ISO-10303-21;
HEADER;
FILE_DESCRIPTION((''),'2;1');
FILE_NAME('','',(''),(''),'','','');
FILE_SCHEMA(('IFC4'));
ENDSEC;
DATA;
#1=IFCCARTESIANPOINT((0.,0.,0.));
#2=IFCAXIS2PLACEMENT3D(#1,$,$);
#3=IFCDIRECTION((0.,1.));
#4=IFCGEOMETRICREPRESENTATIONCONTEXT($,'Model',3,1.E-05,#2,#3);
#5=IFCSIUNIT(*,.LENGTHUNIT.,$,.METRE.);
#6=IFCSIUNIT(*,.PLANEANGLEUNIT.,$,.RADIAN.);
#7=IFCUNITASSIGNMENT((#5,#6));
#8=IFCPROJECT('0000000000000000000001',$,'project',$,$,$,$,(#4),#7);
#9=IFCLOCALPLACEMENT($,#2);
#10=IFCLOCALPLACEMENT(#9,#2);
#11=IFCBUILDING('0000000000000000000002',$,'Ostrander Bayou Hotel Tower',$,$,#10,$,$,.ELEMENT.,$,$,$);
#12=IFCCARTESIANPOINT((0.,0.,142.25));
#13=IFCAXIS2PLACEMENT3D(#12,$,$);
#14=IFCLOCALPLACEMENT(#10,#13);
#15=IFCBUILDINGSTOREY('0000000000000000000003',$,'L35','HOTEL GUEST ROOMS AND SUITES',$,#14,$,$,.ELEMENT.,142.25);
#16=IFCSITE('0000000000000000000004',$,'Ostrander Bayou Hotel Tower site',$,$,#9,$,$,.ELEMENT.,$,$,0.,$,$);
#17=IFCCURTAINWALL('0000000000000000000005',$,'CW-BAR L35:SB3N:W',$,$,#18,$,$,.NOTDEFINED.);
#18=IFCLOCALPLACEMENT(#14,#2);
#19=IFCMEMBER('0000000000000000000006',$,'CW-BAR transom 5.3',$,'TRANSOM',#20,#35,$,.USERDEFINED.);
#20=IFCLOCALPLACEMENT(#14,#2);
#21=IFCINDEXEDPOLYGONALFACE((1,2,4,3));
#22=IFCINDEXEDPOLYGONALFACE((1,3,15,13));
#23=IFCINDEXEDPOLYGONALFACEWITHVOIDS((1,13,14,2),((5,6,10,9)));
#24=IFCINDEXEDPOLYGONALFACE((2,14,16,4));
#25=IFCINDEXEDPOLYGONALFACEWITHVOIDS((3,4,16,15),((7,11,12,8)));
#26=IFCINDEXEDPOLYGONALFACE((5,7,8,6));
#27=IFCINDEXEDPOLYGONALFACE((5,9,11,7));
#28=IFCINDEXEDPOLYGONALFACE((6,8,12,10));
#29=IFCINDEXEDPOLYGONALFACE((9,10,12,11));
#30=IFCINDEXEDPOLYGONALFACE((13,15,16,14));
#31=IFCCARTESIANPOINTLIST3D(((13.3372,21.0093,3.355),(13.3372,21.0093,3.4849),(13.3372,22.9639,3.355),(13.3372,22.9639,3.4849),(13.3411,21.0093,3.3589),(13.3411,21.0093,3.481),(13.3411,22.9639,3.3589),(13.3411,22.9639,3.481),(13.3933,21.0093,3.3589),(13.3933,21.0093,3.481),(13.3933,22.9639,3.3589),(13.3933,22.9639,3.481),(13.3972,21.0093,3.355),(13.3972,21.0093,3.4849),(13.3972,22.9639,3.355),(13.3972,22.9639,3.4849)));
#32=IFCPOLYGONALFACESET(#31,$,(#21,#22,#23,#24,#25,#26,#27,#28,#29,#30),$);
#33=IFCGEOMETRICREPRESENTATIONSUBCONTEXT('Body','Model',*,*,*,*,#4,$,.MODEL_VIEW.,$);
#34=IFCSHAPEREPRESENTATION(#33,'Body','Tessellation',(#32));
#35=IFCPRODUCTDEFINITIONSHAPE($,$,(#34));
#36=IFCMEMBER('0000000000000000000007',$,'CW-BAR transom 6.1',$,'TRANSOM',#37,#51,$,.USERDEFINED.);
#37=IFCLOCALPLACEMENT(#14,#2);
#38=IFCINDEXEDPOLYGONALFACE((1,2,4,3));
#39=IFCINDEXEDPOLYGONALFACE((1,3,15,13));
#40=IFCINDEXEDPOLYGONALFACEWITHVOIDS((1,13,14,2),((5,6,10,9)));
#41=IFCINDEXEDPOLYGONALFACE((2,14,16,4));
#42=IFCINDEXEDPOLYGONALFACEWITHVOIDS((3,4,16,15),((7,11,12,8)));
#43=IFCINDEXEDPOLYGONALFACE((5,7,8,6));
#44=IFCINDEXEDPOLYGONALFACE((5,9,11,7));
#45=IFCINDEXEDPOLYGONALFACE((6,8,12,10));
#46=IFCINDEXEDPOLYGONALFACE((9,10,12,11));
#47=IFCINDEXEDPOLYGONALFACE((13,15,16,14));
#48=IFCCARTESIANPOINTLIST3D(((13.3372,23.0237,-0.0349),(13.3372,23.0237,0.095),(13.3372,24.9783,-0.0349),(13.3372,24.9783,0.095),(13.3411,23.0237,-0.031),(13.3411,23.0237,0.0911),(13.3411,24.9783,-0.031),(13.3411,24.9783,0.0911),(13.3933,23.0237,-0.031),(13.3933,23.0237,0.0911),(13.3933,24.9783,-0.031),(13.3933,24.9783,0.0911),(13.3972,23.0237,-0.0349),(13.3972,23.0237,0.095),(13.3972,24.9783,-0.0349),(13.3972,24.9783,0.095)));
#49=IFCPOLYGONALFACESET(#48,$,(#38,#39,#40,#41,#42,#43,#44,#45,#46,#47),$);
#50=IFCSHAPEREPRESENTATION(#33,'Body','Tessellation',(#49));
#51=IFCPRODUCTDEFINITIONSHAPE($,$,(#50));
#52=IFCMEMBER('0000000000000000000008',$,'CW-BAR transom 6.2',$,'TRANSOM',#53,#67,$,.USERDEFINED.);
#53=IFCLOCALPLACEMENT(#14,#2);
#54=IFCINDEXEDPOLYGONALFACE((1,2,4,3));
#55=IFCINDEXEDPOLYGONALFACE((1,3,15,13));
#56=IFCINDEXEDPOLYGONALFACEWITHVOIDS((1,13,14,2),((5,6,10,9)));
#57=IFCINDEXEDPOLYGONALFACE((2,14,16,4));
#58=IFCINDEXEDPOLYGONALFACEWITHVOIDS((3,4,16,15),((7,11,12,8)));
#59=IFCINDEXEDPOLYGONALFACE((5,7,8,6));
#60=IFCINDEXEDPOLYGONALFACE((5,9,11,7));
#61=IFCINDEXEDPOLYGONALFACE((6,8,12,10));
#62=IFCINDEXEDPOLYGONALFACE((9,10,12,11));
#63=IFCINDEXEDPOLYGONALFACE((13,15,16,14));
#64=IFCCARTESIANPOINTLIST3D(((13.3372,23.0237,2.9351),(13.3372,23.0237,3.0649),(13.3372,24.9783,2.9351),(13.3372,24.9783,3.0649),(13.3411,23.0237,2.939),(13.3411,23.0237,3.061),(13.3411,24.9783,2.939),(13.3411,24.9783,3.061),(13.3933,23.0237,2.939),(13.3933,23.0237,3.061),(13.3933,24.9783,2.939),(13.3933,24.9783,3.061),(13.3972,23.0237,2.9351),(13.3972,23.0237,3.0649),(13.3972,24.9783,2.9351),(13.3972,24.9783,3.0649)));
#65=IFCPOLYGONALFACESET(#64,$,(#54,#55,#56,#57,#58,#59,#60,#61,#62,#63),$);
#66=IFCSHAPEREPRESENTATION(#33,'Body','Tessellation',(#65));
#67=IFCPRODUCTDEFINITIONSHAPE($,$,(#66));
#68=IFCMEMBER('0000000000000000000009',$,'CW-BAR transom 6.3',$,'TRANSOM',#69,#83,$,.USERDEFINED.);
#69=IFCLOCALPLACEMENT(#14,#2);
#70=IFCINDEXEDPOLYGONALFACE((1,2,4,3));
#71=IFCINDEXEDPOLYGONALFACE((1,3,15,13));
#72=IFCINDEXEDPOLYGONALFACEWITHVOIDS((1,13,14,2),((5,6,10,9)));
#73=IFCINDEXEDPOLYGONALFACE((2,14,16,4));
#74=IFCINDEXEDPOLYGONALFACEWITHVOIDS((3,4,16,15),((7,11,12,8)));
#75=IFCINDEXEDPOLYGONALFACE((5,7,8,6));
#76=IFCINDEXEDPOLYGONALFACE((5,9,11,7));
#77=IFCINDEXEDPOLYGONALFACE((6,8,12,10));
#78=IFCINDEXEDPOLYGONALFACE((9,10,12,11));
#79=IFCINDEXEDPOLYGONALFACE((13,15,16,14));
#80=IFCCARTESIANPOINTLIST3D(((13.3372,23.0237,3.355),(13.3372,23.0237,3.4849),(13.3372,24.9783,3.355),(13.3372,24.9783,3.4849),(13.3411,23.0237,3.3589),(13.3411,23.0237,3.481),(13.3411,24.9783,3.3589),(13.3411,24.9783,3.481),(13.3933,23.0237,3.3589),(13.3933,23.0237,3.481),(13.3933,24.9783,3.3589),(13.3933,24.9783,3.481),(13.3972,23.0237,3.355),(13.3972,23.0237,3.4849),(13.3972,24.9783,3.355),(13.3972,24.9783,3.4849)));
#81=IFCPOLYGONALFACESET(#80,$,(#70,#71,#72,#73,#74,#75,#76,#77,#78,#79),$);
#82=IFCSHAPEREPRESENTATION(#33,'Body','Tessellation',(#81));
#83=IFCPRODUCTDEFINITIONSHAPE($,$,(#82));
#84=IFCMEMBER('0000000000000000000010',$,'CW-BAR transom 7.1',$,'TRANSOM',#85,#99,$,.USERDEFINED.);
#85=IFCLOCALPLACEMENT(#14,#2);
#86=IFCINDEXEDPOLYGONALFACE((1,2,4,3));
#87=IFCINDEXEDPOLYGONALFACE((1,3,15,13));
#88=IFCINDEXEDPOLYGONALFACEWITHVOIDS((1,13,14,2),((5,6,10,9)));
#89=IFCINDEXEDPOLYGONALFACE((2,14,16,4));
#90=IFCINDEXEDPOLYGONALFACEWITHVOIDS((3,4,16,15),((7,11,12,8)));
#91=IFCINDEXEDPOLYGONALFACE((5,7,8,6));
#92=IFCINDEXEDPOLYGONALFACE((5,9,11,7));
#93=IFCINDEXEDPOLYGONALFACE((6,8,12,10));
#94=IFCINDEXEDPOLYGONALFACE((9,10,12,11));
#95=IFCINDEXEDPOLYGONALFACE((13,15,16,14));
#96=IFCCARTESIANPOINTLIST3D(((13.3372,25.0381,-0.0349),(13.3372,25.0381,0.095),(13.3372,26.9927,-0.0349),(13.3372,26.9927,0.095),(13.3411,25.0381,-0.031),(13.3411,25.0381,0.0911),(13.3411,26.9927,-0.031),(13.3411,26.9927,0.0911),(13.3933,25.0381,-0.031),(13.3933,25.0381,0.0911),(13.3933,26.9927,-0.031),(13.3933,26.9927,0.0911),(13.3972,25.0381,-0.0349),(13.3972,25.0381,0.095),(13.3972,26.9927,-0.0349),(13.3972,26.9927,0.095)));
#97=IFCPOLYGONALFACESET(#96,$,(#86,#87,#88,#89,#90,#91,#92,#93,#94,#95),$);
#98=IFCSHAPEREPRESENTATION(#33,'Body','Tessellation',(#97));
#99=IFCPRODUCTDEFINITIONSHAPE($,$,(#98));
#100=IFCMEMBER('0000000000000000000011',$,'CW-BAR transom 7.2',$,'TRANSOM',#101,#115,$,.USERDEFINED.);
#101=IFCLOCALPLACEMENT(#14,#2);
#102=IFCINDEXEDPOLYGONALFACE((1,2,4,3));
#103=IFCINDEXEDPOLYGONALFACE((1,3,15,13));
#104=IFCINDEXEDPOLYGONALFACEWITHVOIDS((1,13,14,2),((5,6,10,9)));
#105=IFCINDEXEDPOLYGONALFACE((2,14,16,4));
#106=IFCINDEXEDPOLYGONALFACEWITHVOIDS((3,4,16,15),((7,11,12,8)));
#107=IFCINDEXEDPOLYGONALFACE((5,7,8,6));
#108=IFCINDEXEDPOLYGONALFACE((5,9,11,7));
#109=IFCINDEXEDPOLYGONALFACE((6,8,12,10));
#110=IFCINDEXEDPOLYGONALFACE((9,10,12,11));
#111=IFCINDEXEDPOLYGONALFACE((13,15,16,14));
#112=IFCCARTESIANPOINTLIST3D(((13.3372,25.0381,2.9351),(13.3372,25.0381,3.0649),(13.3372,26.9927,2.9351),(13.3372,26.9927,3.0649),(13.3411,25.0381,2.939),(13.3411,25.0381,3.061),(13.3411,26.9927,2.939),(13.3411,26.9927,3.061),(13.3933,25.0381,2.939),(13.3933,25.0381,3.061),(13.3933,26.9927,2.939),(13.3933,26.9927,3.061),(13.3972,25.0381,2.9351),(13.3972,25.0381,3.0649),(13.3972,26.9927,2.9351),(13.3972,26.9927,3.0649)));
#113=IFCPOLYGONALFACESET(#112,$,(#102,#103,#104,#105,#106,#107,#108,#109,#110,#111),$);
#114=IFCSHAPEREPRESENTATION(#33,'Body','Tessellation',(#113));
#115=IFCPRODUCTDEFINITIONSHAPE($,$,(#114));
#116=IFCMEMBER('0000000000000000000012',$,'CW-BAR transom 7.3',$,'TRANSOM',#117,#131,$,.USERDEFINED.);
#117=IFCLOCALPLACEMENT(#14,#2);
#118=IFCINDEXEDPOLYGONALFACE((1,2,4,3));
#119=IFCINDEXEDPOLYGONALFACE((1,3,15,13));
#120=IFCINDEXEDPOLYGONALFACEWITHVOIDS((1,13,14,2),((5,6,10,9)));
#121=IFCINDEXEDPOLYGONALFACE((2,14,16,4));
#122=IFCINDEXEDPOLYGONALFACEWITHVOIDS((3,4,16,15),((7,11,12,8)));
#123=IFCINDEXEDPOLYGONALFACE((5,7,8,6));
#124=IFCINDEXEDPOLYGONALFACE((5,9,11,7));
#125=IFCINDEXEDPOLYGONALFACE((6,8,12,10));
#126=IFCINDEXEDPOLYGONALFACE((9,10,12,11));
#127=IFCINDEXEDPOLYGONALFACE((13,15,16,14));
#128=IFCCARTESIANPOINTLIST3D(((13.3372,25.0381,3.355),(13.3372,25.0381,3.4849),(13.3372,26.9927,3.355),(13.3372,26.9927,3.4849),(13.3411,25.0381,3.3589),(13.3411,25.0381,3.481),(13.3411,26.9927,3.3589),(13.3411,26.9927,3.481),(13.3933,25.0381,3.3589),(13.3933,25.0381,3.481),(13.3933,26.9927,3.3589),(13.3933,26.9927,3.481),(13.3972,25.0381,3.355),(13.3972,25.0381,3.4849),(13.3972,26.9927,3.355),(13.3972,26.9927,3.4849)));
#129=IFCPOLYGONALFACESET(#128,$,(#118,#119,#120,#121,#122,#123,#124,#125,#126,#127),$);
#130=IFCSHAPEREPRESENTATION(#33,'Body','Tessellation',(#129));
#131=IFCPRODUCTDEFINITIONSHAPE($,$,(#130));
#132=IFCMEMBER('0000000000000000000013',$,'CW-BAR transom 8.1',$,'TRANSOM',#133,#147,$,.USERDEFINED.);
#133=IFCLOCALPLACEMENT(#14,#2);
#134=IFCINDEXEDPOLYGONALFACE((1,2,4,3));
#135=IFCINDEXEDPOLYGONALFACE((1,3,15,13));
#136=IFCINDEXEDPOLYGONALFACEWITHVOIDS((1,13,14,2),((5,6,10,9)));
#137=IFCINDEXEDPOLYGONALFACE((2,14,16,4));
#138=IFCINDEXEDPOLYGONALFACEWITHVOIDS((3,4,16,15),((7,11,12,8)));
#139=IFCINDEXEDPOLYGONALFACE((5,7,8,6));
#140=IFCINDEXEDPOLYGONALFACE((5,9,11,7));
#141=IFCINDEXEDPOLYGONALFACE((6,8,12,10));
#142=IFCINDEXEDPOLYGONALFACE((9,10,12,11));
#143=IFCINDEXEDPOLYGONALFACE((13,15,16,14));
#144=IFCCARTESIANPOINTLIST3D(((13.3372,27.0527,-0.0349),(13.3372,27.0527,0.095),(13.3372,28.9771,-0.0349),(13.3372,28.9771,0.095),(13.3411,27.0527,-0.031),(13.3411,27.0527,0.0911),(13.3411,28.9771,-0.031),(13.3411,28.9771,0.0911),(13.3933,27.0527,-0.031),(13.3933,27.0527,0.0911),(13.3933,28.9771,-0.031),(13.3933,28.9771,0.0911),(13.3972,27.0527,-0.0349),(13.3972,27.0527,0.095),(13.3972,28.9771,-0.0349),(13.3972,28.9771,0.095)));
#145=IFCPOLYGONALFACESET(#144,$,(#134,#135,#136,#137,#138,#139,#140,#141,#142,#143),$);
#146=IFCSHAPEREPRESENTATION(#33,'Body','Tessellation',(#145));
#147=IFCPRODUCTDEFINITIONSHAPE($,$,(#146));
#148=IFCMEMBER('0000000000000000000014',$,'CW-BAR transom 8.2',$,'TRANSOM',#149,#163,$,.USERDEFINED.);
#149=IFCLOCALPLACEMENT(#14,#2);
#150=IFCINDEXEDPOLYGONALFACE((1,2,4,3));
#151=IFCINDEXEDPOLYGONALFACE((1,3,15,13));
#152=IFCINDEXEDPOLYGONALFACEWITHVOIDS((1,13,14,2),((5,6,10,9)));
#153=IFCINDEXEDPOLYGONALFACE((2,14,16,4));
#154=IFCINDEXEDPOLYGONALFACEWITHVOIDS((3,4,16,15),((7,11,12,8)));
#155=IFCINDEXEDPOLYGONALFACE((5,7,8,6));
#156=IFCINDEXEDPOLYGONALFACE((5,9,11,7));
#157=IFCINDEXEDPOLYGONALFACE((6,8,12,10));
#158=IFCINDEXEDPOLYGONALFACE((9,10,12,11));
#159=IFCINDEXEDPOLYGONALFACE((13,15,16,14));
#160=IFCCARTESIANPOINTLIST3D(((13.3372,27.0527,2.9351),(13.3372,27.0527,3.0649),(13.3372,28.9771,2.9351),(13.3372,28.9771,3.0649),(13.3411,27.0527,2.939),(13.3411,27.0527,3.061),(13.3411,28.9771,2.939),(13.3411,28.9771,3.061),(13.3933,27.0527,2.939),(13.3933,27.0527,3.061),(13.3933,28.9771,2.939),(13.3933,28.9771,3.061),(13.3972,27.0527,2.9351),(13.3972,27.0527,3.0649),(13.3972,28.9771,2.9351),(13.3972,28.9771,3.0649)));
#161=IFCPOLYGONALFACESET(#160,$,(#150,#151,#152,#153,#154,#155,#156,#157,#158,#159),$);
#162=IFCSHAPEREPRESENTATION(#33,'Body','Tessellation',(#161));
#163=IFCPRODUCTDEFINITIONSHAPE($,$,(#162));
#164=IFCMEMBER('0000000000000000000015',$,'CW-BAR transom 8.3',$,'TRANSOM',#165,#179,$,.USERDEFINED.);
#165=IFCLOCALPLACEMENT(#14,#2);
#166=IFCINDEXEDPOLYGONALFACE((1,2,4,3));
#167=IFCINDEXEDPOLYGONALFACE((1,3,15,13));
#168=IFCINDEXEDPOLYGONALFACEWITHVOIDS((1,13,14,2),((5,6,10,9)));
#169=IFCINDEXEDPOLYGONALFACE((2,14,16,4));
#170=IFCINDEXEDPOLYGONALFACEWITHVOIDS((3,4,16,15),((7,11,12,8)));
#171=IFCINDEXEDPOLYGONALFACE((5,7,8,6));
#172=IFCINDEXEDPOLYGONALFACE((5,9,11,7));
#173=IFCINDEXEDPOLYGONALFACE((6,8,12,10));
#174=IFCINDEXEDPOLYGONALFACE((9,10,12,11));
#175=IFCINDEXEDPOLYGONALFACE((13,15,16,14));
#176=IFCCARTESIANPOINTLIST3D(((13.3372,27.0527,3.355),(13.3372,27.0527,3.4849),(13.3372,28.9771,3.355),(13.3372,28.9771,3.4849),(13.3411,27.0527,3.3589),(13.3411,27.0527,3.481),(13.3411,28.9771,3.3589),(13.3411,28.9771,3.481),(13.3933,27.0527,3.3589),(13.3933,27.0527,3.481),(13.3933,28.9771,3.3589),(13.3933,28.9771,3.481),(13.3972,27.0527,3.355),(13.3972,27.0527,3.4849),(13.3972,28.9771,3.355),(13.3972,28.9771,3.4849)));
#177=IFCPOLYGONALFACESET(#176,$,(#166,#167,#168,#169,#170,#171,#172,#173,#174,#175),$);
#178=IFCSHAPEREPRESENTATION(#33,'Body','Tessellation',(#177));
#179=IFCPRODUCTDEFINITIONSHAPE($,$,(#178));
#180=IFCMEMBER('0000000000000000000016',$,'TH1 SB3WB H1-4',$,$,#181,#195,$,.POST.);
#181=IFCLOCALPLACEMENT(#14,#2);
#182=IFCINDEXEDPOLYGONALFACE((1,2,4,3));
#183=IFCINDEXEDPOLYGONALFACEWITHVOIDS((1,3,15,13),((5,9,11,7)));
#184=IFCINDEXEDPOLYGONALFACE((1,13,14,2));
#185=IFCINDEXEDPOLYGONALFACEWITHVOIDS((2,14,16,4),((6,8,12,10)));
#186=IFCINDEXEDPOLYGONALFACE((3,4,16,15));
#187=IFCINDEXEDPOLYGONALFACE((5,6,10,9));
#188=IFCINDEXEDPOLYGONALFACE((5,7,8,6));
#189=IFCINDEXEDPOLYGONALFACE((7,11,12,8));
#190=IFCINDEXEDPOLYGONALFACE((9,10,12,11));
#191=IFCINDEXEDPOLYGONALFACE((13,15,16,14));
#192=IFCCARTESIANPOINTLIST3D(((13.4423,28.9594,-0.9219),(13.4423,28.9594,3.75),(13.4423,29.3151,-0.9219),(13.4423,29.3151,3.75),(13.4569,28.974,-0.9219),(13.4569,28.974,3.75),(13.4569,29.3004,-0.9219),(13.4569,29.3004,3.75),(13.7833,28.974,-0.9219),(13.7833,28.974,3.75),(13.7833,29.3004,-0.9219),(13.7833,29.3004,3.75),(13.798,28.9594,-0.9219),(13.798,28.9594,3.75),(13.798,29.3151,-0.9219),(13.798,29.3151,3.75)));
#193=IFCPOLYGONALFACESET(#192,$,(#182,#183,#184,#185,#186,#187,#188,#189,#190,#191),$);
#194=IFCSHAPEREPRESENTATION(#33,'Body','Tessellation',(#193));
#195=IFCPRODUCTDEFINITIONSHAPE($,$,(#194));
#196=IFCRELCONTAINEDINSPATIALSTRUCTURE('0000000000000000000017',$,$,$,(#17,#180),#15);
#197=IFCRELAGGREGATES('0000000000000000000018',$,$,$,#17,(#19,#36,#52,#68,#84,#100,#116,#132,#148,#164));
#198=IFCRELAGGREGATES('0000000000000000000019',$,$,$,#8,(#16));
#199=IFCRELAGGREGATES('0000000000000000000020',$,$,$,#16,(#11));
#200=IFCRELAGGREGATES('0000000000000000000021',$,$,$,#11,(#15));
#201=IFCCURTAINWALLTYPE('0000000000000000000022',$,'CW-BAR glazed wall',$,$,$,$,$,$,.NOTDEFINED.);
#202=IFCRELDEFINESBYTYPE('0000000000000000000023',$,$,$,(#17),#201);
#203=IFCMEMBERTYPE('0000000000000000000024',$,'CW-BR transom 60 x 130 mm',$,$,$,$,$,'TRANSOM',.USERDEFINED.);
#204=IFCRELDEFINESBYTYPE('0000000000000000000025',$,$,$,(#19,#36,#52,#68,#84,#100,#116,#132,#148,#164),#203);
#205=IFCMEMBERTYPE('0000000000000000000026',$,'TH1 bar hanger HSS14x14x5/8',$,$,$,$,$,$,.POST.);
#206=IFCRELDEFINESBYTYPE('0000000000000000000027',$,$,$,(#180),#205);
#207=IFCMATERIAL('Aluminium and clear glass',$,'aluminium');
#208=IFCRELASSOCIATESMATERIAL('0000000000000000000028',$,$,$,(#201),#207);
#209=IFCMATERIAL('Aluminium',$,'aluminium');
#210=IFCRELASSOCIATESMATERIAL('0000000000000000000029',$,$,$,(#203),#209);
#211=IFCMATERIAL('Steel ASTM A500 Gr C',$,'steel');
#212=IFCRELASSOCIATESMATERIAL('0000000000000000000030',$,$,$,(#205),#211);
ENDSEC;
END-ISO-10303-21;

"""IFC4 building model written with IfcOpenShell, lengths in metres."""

from ifc_helpers import new_model, si_unit, direction, frame, origin, origin_2d, place, context, subcontext, project, spatial, hollow_rectangle, extrude, material, material_profile, profile_set, type_object, element, aggregate, save


model = new_model("IFC4")

# Units and contexts
model_context = context("Model", 3, precision=1e-05, world=origin(), true_north=direction((0.0, 1.0)))
body_context = subcontext(model_context, "Body", "Model", "MODEL_VIEW")
ifc_project = project(units=[si_unit("LENGTHUNIT", "METRE"), si_unit("PLANEANGLEUNIT", "RADIAN")], contexts=[model_context])

# Site, building, storey
site_placement = place(None, origin())
site = spatial("IfcSite", under=ifc_project, at=site_placement, Name="Ostrander Bayou Hotel Tower site", CompositionType="ELEMENT", RefElevation=0.0)
building_placement = place(site_placement, origin())
building = spatial("IfcBuilding", under=site, at=building_placement, Name="Ostrander Bayou Hotel Tower", CompositionType="ELEMENT")
storey_placement = place(building_placement, frame((0.0, 0.0, 142.25)))
storey = spatial("IfcBuildingStorey", under=building, at=storey_placement, Name="L35", Description="HOTEL GUEST ROOMS AND SUITES", CompositionType="ELEMENT", Elevation=142.25)

# Shared definitions
ifc_material_1 = material(Name="Aluminium and clear glass", Category="aluminium")
curtain_wall_type = type_object("IfcCurtainWallType", Name="CW-BAR glazed wall", PredefinedType="NOTDEFINED", material=ifc_material_1)

# Curtain wall
curtain_wall_1_placement = place(storey_placement, origin())
curtain_wall_1 = element("IfcCurtainWall", 1, at=curtain_wall_1_placement, inside=storey, type_object=curtain_wall_type, Name="CW-BAR L35:SB3N:W", PredefinedType="NOTDEFINED")

# Members
ifc_material_2 = material(Name="Aluminium", Category="aluminium")
ifc_material_profile_1 = material_profile(ifc_material_2, hollow_rectangle(XDim=0.0601, YDim=0.1299, WallThickness=0.0039, at=origin_2d()))
ifc_profile_set_1 = profile_set([ifc_material_profile_1], Name="Aluminium")
member_type_1 = type_object("IfcMemberType", Name="CW-BR transom 60 x 130 mm", ElementType="TRANSOM", PredefinedType="USERDEFINED", material=ifc_profile_set_1)
member_1_placement = place(storey_placement, frame((13.3672, 21.0093, 3.4199), z_axis=(0.0, 1.0, 0.0), x_axis=(-1.0, 0.0, 0.0)))
member_1 = element("IfcMember", 2, at=member_1_placement, type_object=member_type_1, Name="CW-BAR transom 5.3", ObjectType="TRANSOM", PredefinedType="USERDEFINED", context=body_context, shape_type="SweptSolid", body=[
    extrude(hollow_rectangle(XDim=0.0601, YDim=0.1299, WallThickness=0.0039, at=origin_2d()), origin(), (0.0, 0.0, 1.0), 1.9546),
])
member_2_placement = place(storey_placement, frame((13.3672, 23.0237, 0.03), z_axis=(0.0, 1.0, 0.0), x_axis=(-1.0, 0.0, 0.0)))
member_2 = element("IfcMember", 3, at=member_2_placement, type_object=member_type_1, Name="CW-BAR transom 6.1", ObjectType="TRANSOM", PredefinedType="USERDEFINED", context=body_context, shape_type="SweptSolid", body=[
    extrude(hollow_rectangle(XDim=0.0601, YDim=0.1299, WallThickness=0.0039, at=origin_2d()), origin(), (0.0, 0.0, 1.0), 1.9546),
])
member_3_placement = place(storey_placement, frame((13.3672, 23.0237, 3.0), z_axis=(0.0, 1.0, 0.0), x_axis=(-1.0, 0.0, 0.0)))
member_3 = element("IfcMember", 4, at=member_3_placement, type_object=member_type_1, Name="CW-BAR transom 6.2", ObjectType="TRANSOM", PredefinedType="USERDEFINED", context=body_context, shape_type="SweptSolid", body=[
    extrude(hollow_rectangle(XDim=0.0601, YDim=0.1299, WallThickness=0.0039, at=origin_2d()), origin(), (0.0, 0.0, 1.0), 1.9546),
])
member_4_placement = place(storey_placement, frame((13.3672, 23.0237, 3.4199), z_axis=(0.0, 1.0, 0.0), x_axis=(-1.0, 0.0, 0.0)))
member_4 = element("IfcMember", 5, at=member_4_placement, type_object=member_type_1, Name="CW-BAR transom 6.3", ObjectType="TRANSOM", PredefinedType="USERDEFINED", context=body_context, shape_type="SweptSolid", body=[
    extrude(hollow_rectangle(XDim=0.0601, YDim=0.1299, WallThickness=0.0039, at=origin_2d()), origin(), (0.0, 0.0, 1.0), 1.9546),
])
member_5_placement = place(storey_placement, frame((13.3672, 25.0381, 0.03), z_axis=(0.0, 1.0, 0.0), x_axis=(-1.0, 0.0, 0.0)))
member_5 = element("IfcMember", 6, at=member_5_placement, type_object=member_type_1, Name="CW-BAR transom 7.1", ObjectType="TRANSOM", PredefinedType="USERDEFINED", context=body_context, shape_type="SweptSolid", body=[
    extrude(hollow_rectangle(XDim=0.0601, YDim=0.1299, WallThickness=0.0039, at=origin_2d()), origin(), (0.0, 0.0, 1.0), 1.9546),
])
member_6_placement = place(storey_placement, frame((13.3672, 25.0381, 3.0), z_axis=(0.0, 1.0, 0.0), x_axis=(-1.0, 0.0, 0.0)))
member_6 = element("IfcMember", 7, at=member_6_placement, type_object=member_type_1, Name="CW-BAR transom 7.2", ObjectType="TRANSOM", PredefinedType="USERDEFINED", context=body_context, shape_type="SweptSolid", body=[
    extrude(hollow_rectangle(XDim=0.0601, YDim=0.1299, WallThickness=0.0039, at=origin_2d()), origin(), (0.0, 0.0, 1.0), 1.9546),
])
member_7_placement = place(storey_placement, frame((13.3672, 25.0381, 3.4199), z_axis=(0.0, 1.0, 0.0), x_axis=(-1.0, 0.0, 0.0)))
member_7 = element("IfcMember", 8, at=member_7_placement, type_object=member_type_1, Name="CW-BAR transom 7.3", ObjectType="TRANSOM", PredefinedType="USERDEFINED", context=body_context, shape_type="SweptSolid", body=[
    extrude(hollow_rectangle(XDim=0.0601, YDim=0.1299, WallThickness=0.0039, at=origin_2d()), origin(), (0.0, 0.0, 1.0), 1.9546),
])
member_8_placement = place(storey_placement, frame((13.3672, 27.0527, 0.03), z_axis=(0.0, 1.0, 0.0), x_axis=(-1.0, 0.0, 0.0)))
member_8 = element("IfcMember", 9, at=member_8_placement, type_object=member_type_1, Name="CW-BAR transom 8.1", ObjectType="TRANSOM", PredefinedType="USERDEFINED", context=body_context, shape_type="SweptSolid", body=[
    extrude(hollow_rectangle(XDim=0.0601, YDim=0.1299, WallThickness=0.0039, at=origin_2d()), origin(), (0.0, 0.0, 1.0), 1.9243),
])
member_9_placement = place(storey_placement, frame((13.3672, 27.0527, 3.0), z_axis=(0.0, 1.0, 0.0), x_axis=(-1.0, 0.0, 0.0)))
member_9 = element("IfcMember", 10, at=member_9_placement, type_object=member_type_1, Name="CW-BAR transom 8.2", ObjectType="TRANSOM", PredefinedType="USERDEFINED", context=body_context, shape_type="SweptSolid", body=[
    extrude(hollow_rectangle(XDim=0.0601, YDim=0.1299, WallThickness=0.0039, at=origin_2d()), origin(), (0.0, 0.0, 1.0), 1.9243),
])
member_10_placement = place(storey_placement, frame((13.3672, 27.0527, 3.4199), z_axis=(0.0, 1.0, 0.0), x_axis=(-1.0, 0.0, 0.0)))
member_10 = element("IfcMember", 11, at=member_10_placement, type_object=member_type_1, Name="CW-BAR transom 8.3", ObjectType="TRANSOM", PredefinedType="USERDEFINED", context=body_context, shape_type="SweptSolid", body=[
    extrude(hollow_rectangle(XDim=0.0601, YDim=0.1299, WallThickness=0.0039, at=origin_2d()), origin(), (0.0, 0.0, 1.0), 1.9243),
])

# Member
ifc_material_3 = material(Name="Steel ASTM A500 Gr C", Category="steel")
ifc_material_profile_2 = material_profile(ifc_material_3, hollow_rectangle(XDim=0.3557, YDim=0.3557, WallThickness=0.0146, at=origin_2d()))
ifc_profile_set_2 = profile_set([ifc_material_profile_2], Name="Steel ASTM A500 Gr C")
member_type_2 = type_object("IfcMemberType", Name="TH1 bar hanger HSS14x14x5/8", PredefinedType="POST", material=ifc_profile_set_2)
for number, where, z_axis, x_axis, name in (
    (12, (13.6201, 29.1372, -0.9219), (0.0, 0.0, 1.0), (1.0, 0.0, 0.0), "TH1 SB3WB H1-4"),
):
    element("IfcMember", number, at=place(storey_placement, frame(where, z_axis=z_axis, x_axis=x_axis)), inside=storey, type_object=member_type_2, Name=name, PredefinedType="POST", context=body_context, shape_type="SweptSolid", body=[
        extrude(hollow_rectangle(XDim=0.3557, YDim=0.3557, WallThickness=0.0146, at=origin_2d()), origin(), (0.0, 0.0, 1.0), 4.6719),
    ])

aggregate(curtain_wall_1, [member_1, member_2, member_3, member_4, member_5, member_6, member_7, member_8, member_9, member_10])

save(model, "model.ifc")
